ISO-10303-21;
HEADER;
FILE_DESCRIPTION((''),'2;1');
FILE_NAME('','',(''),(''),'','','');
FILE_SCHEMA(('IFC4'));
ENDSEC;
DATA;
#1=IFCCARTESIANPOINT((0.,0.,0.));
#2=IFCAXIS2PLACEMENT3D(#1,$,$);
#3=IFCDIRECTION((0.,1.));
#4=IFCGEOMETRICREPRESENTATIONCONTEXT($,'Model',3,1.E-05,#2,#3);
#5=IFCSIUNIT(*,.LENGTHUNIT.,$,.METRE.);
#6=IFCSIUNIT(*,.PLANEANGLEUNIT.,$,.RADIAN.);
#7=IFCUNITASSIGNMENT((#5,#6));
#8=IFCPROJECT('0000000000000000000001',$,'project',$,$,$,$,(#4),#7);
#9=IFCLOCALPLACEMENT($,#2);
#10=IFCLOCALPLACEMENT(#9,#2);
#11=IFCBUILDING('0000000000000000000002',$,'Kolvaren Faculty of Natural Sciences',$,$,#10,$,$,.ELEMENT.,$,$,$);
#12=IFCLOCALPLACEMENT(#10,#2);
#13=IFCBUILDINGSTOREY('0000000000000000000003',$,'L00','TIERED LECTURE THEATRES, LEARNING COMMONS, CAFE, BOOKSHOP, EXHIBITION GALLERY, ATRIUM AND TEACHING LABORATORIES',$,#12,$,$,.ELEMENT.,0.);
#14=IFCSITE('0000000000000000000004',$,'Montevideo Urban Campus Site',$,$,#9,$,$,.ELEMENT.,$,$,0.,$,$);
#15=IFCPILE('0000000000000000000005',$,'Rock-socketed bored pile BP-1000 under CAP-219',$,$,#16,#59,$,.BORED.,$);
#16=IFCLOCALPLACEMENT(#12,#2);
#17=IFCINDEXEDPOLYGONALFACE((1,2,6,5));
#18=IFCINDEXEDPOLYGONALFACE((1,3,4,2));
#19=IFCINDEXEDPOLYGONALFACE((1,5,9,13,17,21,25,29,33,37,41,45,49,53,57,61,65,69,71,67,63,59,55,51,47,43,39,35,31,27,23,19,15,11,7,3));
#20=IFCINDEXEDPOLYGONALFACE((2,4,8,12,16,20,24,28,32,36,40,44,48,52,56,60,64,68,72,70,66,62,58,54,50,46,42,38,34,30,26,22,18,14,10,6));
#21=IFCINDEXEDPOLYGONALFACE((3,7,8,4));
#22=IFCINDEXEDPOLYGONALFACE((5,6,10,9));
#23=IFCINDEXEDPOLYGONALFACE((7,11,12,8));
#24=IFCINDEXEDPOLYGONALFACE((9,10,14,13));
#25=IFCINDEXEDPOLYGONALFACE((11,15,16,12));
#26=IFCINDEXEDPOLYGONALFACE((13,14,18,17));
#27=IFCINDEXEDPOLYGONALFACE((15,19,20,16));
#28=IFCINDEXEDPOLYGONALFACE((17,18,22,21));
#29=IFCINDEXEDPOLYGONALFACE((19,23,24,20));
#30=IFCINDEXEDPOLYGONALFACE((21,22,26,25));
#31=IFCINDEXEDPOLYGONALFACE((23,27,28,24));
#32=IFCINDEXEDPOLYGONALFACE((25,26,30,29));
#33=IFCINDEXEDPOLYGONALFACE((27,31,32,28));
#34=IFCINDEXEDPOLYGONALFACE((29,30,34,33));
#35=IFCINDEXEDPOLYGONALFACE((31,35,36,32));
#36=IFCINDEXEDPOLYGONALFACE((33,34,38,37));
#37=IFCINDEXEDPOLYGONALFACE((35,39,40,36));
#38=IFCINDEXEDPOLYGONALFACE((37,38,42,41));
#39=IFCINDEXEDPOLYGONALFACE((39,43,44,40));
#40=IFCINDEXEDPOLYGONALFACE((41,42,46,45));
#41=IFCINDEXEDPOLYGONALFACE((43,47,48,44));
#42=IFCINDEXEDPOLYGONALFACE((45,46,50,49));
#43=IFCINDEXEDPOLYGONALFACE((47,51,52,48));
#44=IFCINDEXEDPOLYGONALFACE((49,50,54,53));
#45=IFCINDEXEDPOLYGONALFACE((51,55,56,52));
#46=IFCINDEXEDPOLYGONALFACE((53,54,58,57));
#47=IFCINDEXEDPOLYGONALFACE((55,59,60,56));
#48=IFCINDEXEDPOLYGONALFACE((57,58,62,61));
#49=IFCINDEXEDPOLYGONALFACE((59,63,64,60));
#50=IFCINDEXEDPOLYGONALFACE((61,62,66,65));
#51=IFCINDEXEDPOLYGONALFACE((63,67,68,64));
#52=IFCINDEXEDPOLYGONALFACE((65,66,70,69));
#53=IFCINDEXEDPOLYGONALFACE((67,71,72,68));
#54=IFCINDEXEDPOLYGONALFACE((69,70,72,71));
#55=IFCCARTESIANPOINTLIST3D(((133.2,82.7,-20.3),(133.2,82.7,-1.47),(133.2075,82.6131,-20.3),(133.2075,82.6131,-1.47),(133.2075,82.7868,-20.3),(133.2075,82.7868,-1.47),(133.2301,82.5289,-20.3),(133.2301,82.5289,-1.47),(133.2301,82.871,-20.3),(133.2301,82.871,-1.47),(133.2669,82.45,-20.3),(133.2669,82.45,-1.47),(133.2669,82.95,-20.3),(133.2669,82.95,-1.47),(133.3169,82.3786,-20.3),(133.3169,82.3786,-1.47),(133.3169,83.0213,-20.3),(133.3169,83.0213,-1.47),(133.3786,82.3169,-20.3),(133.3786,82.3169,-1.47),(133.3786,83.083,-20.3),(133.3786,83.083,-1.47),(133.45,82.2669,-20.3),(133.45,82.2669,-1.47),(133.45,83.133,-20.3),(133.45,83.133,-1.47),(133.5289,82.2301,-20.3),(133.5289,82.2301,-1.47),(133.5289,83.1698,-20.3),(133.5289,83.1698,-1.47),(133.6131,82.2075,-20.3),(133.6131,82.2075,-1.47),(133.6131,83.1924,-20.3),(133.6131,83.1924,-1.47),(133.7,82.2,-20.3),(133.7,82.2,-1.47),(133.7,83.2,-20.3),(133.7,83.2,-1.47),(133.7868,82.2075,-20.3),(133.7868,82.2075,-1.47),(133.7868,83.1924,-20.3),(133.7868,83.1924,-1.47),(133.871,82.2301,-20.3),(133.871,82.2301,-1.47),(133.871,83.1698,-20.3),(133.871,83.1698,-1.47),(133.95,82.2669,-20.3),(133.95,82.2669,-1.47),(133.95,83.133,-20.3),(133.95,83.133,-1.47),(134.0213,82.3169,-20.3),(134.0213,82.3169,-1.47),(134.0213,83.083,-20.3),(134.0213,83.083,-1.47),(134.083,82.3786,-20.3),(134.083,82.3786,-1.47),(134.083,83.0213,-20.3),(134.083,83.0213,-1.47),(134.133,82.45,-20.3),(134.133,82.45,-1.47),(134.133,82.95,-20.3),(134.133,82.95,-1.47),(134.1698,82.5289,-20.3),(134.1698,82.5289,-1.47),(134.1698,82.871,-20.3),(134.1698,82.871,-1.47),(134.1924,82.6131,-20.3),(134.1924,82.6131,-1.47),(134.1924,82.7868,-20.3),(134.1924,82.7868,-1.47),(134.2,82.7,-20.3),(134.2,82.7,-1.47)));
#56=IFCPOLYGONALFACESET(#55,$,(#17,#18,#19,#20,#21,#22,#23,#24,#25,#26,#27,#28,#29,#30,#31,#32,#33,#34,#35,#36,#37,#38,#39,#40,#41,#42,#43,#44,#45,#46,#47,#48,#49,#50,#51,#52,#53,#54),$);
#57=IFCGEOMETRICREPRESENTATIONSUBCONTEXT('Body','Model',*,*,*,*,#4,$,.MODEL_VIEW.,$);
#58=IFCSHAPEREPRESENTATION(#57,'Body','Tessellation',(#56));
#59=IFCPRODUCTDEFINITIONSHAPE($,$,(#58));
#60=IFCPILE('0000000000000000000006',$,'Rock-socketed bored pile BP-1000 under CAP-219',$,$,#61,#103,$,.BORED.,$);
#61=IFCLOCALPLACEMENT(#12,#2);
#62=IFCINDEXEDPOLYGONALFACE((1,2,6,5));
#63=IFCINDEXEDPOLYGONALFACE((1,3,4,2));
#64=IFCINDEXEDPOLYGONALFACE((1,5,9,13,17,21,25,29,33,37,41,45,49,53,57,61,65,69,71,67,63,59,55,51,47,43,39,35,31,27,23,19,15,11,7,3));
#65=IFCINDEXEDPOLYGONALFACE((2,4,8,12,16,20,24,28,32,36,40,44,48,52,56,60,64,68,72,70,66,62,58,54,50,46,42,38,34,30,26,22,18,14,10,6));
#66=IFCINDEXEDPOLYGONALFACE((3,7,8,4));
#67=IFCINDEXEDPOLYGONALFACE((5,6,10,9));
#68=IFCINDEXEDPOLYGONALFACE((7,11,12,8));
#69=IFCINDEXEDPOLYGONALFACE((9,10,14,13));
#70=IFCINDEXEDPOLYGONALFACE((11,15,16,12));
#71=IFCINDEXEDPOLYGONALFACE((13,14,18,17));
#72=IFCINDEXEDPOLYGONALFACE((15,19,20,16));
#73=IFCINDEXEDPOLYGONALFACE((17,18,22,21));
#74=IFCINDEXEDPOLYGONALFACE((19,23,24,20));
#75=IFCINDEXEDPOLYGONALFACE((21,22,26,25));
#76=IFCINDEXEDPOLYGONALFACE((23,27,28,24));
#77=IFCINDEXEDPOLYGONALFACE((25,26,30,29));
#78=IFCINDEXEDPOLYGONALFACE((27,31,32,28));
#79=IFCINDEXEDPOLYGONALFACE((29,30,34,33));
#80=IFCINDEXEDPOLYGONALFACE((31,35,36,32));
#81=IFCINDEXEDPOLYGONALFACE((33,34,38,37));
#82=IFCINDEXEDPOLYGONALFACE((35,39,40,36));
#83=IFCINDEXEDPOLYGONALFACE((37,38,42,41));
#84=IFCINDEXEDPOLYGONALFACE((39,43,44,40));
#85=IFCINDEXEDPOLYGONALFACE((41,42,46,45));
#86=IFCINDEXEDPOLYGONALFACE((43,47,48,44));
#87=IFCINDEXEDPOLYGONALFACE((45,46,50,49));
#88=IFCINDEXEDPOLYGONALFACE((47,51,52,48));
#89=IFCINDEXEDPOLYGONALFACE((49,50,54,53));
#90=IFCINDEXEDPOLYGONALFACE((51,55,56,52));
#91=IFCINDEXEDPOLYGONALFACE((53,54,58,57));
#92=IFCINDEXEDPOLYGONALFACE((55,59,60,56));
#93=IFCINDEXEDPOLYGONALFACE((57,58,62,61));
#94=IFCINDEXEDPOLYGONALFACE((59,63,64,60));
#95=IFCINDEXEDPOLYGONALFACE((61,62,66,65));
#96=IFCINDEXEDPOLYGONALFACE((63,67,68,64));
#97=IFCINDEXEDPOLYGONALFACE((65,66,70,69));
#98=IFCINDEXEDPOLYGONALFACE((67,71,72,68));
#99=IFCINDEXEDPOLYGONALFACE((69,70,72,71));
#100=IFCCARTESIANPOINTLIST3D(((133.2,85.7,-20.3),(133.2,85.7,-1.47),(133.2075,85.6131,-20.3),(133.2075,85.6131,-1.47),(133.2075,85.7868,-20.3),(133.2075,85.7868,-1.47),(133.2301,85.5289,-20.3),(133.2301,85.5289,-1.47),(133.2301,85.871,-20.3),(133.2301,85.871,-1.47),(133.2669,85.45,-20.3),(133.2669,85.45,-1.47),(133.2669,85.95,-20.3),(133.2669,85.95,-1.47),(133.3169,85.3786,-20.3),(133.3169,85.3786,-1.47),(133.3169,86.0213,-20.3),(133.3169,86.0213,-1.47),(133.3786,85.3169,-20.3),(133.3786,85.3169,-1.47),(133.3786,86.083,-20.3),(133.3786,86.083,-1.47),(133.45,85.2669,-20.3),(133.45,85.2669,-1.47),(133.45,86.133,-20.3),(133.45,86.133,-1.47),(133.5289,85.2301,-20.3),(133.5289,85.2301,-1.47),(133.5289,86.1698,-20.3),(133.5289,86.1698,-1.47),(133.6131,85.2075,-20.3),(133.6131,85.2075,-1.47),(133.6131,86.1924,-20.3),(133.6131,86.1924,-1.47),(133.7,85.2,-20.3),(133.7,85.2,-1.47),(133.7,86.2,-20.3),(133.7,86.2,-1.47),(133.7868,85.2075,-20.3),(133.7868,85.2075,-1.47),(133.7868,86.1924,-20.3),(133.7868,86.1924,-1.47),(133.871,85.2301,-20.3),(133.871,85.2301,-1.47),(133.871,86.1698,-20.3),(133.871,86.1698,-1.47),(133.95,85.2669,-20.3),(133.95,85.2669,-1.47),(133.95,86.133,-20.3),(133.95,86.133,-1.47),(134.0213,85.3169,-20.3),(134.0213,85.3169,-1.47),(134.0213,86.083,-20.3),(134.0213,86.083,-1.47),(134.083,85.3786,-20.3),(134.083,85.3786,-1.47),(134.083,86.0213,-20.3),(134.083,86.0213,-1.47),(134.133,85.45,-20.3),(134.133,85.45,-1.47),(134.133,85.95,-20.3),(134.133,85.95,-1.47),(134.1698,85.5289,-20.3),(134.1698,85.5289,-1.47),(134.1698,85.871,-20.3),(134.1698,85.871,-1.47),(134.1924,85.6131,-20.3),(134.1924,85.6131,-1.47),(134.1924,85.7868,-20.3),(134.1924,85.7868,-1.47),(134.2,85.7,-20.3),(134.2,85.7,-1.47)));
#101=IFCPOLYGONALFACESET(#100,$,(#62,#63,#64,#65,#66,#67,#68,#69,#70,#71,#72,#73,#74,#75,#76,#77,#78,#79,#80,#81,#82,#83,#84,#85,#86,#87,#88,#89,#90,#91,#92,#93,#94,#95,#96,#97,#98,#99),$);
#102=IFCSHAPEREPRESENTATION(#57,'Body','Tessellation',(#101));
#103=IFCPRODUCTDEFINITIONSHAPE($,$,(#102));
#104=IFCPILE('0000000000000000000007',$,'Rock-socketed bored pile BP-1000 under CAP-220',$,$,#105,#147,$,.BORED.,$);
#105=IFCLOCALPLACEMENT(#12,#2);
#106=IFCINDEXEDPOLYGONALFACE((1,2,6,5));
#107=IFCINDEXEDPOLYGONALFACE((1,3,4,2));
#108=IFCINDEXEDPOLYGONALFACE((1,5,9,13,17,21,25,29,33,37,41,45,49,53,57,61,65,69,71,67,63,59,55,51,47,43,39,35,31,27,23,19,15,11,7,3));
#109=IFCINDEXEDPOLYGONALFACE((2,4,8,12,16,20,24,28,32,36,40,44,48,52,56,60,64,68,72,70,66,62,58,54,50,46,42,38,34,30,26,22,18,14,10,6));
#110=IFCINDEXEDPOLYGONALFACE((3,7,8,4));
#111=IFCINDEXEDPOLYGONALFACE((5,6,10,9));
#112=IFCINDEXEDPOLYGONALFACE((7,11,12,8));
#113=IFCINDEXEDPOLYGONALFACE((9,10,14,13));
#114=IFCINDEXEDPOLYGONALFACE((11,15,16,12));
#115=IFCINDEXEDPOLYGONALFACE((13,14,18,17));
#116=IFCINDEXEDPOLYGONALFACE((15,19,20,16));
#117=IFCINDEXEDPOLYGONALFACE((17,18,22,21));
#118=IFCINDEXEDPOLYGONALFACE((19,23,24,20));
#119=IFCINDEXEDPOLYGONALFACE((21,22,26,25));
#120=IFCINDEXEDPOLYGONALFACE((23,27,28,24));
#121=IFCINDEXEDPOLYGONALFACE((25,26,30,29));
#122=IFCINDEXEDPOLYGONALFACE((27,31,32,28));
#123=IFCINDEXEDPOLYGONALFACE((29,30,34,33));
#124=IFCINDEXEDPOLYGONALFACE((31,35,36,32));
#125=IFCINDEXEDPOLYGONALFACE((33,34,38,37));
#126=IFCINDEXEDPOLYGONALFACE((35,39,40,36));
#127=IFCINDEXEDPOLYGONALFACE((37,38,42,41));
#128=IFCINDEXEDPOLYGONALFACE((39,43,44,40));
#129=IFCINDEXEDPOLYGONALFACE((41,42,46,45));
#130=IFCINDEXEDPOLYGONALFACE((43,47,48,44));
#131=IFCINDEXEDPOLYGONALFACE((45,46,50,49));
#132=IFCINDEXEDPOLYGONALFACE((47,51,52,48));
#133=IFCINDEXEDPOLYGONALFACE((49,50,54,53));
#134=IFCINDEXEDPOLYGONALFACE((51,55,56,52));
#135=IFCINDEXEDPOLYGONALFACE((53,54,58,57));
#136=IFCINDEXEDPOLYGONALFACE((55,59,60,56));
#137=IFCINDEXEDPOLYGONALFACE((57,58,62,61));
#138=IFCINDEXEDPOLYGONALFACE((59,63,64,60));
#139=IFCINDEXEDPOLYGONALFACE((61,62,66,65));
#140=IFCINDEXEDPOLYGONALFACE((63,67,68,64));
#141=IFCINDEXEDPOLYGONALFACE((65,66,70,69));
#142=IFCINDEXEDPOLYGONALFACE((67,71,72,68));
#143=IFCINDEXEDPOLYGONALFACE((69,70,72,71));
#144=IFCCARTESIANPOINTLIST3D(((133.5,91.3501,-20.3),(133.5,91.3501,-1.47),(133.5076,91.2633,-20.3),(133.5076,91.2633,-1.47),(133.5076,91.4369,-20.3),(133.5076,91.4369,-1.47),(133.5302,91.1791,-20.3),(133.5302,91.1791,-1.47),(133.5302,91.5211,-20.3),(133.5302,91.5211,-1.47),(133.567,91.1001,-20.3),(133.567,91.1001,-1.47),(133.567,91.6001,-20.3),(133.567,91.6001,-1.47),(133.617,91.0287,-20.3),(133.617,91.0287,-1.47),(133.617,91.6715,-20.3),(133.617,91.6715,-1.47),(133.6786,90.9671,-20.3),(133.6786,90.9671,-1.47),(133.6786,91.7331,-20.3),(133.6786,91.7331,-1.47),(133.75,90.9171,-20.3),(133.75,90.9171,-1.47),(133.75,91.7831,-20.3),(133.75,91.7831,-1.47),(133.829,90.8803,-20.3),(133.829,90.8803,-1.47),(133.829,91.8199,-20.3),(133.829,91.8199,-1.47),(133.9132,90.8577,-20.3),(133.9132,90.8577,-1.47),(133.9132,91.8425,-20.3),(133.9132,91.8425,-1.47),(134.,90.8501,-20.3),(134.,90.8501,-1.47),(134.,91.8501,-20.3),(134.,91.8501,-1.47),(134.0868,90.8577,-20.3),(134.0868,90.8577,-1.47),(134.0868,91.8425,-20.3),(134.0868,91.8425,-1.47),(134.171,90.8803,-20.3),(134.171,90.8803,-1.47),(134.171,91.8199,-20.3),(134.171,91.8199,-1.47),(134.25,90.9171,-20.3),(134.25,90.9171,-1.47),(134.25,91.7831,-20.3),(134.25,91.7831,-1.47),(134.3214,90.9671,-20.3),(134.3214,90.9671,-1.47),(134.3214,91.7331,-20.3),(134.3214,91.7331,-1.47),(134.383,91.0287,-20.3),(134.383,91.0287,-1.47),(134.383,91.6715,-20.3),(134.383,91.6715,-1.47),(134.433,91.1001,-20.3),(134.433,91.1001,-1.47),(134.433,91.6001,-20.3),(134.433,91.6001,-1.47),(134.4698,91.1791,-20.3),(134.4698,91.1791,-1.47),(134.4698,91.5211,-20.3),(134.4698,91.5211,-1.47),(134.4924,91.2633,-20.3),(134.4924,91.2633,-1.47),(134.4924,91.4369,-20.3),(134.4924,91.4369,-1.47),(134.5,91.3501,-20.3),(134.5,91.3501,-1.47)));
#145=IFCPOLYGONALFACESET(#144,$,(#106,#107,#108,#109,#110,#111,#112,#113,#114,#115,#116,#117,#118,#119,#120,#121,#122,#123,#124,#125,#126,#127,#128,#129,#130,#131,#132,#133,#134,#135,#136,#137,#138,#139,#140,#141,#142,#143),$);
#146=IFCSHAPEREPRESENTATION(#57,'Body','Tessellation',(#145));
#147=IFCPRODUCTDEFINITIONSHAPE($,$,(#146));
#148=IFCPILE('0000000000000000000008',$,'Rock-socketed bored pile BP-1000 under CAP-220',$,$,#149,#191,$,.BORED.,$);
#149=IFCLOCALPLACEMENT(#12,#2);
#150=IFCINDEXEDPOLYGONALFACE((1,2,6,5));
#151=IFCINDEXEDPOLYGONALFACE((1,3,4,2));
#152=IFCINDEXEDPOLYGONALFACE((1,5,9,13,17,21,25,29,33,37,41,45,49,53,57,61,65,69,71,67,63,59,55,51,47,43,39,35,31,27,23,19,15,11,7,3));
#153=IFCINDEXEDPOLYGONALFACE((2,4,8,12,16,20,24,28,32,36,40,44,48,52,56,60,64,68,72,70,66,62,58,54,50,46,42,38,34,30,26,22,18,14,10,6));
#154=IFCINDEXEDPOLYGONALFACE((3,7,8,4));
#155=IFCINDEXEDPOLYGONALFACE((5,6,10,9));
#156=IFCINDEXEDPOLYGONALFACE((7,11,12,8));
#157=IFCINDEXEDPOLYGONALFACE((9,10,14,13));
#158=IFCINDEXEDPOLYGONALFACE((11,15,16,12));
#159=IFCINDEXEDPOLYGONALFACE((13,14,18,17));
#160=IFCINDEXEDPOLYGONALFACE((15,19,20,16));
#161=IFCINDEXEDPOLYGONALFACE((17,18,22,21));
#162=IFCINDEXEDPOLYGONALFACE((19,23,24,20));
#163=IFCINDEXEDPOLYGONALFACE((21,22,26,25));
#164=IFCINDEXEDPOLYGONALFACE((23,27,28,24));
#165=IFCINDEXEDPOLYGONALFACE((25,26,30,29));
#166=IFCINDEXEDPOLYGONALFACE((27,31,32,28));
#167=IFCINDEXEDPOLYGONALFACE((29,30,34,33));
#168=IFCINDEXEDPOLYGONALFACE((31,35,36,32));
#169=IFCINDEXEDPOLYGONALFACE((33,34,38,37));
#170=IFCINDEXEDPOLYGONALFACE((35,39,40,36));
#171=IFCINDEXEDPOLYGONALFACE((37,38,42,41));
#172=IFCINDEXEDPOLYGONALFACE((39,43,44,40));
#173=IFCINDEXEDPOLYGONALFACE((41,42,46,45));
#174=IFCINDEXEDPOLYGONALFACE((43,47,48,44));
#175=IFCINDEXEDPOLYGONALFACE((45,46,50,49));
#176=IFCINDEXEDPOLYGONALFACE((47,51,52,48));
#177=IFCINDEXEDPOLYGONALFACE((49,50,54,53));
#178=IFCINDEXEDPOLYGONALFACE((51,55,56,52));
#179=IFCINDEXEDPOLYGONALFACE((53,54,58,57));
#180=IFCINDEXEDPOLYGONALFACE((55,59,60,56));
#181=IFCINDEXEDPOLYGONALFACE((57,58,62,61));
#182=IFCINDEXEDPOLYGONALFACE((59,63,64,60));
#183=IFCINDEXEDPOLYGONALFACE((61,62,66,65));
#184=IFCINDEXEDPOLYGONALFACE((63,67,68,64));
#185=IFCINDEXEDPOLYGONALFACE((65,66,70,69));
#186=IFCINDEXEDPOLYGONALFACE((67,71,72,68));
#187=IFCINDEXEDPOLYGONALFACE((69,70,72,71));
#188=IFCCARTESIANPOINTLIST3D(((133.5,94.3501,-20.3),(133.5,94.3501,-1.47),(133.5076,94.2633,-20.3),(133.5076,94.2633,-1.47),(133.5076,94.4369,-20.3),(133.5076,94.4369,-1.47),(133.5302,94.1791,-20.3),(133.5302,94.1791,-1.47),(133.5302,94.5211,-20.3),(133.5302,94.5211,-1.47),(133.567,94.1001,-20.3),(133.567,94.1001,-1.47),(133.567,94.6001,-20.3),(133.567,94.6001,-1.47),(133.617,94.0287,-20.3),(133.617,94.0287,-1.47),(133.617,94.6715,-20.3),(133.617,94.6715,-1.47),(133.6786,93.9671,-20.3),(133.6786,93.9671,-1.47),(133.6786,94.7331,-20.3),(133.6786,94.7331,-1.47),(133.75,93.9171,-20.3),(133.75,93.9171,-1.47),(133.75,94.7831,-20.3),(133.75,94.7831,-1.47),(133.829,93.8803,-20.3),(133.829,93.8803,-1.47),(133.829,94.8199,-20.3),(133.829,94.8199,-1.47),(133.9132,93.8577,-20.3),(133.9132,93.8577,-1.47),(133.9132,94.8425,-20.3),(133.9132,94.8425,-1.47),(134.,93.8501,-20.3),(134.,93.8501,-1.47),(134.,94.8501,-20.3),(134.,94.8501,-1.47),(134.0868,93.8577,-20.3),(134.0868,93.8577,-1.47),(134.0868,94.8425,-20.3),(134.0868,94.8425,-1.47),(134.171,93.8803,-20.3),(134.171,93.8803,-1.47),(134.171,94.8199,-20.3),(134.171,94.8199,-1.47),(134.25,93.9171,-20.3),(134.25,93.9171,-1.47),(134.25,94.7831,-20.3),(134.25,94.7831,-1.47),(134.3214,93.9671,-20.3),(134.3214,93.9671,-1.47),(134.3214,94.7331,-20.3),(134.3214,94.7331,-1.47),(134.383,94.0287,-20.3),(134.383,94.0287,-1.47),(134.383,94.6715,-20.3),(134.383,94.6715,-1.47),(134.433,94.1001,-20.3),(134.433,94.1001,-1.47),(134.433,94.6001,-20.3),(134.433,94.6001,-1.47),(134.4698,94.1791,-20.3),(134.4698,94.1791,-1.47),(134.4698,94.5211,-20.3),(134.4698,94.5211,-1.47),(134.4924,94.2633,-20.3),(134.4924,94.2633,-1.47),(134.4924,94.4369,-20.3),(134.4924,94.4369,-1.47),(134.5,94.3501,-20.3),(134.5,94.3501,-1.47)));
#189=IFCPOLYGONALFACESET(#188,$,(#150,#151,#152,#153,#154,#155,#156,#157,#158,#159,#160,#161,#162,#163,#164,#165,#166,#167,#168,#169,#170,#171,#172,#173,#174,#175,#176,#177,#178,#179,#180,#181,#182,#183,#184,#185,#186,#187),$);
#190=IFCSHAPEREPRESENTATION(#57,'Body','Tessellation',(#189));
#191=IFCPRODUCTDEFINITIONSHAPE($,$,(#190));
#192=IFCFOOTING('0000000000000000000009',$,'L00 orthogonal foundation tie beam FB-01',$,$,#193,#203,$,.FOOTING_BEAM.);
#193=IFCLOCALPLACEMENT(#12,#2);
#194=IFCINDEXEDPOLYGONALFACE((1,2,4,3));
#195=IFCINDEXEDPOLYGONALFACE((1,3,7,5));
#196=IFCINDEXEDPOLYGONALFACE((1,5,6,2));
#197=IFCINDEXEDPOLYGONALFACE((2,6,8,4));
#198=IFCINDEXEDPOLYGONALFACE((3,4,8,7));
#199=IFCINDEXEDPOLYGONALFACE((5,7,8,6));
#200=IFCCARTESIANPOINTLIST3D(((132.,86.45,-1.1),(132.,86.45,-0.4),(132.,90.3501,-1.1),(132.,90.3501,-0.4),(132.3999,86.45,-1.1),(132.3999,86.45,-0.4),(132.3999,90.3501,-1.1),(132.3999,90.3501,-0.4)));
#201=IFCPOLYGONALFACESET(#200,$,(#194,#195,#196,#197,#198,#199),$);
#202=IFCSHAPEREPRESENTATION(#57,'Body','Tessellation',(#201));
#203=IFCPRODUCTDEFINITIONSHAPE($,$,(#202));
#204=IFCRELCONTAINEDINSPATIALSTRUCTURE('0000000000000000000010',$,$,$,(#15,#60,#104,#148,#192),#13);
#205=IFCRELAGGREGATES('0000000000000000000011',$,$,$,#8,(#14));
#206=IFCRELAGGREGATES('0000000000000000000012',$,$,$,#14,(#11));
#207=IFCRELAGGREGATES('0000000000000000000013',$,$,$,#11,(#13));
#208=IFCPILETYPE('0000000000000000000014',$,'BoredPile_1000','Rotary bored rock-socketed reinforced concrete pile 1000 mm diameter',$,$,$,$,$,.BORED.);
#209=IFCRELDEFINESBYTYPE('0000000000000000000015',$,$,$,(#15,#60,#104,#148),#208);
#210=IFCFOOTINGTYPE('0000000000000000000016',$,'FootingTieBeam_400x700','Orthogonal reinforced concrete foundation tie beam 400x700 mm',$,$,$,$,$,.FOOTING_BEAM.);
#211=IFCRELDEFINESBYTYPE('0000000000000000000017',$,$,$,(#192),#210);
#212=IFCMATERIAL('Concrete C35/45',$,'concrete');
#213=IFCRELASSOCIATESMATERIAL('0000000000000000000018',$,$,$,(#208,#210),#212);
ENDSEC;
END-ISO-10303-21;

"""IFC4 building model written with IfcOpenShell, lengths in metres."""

from ifc_helpers import new_model, si_unit, direction, frame, origin, origin_2d, place, context, subcontext, project, spatial, rectangle, circle, extrude, material, material_profile, profile_set, type_object, element, save


model = new_model("IFC4")

# Units and contexts
model_context = context("Model", 3, precision=1e-05, world=origin(), true_north=direction((0.0, 1.0)))
body_context = subcontext(model_context, "Body", "Model", "MODEL_VIEW")
ifc_project = project(units=[si_unit("LENGTHUNIT", "METRE"), si_unit("PLANEANGLEUNIT", "RADIAN")], contexts=[model_context])

# Site, building, storey
site_placement = place(None, origin())
site = spatial("IfcSite", under=ifc_project, at=site_placement, Name="Montevideo Urban Campus Site", CompositionType="ELEMENT", RefElevation=0.0)
building_placement = place(site_placement, origin())
building = spatial("IfcBuilding", under=site, at=building_placement, Name="Kolvaren Faculty of Natural Sciences", CompositionType="ELEMENT")
storey_placement = place(building_placement, origin())
storey = spatial("IfcBuildingStorey", under=building, at=storey_placement, Name="L00", Description="TIERED LECTURE THEATRES, LEARNING COMMONS, CAFE, BOOKSHOP, EXHIBITION GALLERY, ATRIUM AND TEACHING LABORATORIES", CompositionType="ELEMENT", Elevation=0.0)

# Piles
ifc_material_1 = material(Name="Concrete C35/45", Category="concrete")
ifc_material_profile_1 = material_profile(ifc_material_1, circle(Radius=0.5, at=origin_2d()), Name="PILE D1000")
ifc_profile_set_1 = profile_set([ifc_material_profile_1], Name="Concrete C35/45")
pile_type = type_object("IfcPileType", Name="BoredPile_1000", Description="Rotary bored rock-socketed reinforced concrete pile 1000 mm diameter", PredefinedType="BORED", material=ifc_profile_set_1)
for number, where, z_axis, x_axis, name in (
    (1, (133.7, 82.7, -1.47), (0.0, 0.0, -1.0), (1.0, 0.0, 0.0), "Rock-socketed bored pile BP-1000 under CAP-219"),
    (2, (133.7, 85.7, -1.47), (0.0, 0.0, -1.0), (1.0, 0.0, 0.0), "Rock-socketed bored pile BP-1000 under CAP-219"),
    (3, (134.0, 91.3501, -1.47), (0.0, 0.0, -1.0), (1.0, 0.0, 0.0), "Rock-socketed bored pile BP-1000 under CAP-220"),
    (4, (134.0, 94.3501, -1.47), (0.0, 0.0, -1.0), (1.0, 0.0, 0.0), "Rock-socketed bored pile BP-1000 under CAP-220"),
):
    element("IfcPile", number, at=place(storey_placement, frame(where, z_axis=z_axis, x_axis=x_axis)), inside=storey, type_object=pile_type, Name=name, PredefinedType="BORED", context=body_context, shape_type="SweptSolid", body=[
        extrude(circle(Radius=0.5, at=origin_2d()), origin(), (0.0, 0.0, 1.0), 18.8301),
    ])

# Footing
ifc_material_profile_2 = material_profile(ifc_material_1, rectangle(XDim=0.3999, YDim=0.7, at=origin_2d()), Name="RC FB 400x700")
ifc_profile_set_2 = profile_set([ifc_material_profile_2], Name="Concrete C35/45")
footing_type_1 = type_object("IfcFootingType", Name="FootingTieBeam_400x700", Description="Orthogonal reinforced concrete foundation tie beam 400x700 mm", PredefinedType="FOOTING_BEAM", material=ifc_profile_set_2)
footing_1_placement = place(storey_placement, frame((132.2, 86.45, -0.75), z_axis=(0.0, 1.0, 0.0), x_axis=(-1.0, 0.0, 0.0)))
element("IfcFooting", 5, at=footing_1_placement, inside=storey, type_object=footing_type_1, Name="L00 orthogonal foundation tie beam FB-01", PredefinedType="FOOTING_BEAM", context=body_context, shape_type="SweptSolid", body=[
    extrude(rectangle(XDim=0.3999, YDim=0.7, at=origin_2d()), origin(), (0.0, 0.0, 1.0), 3.9001),
])

save(model, "model.ifc")
